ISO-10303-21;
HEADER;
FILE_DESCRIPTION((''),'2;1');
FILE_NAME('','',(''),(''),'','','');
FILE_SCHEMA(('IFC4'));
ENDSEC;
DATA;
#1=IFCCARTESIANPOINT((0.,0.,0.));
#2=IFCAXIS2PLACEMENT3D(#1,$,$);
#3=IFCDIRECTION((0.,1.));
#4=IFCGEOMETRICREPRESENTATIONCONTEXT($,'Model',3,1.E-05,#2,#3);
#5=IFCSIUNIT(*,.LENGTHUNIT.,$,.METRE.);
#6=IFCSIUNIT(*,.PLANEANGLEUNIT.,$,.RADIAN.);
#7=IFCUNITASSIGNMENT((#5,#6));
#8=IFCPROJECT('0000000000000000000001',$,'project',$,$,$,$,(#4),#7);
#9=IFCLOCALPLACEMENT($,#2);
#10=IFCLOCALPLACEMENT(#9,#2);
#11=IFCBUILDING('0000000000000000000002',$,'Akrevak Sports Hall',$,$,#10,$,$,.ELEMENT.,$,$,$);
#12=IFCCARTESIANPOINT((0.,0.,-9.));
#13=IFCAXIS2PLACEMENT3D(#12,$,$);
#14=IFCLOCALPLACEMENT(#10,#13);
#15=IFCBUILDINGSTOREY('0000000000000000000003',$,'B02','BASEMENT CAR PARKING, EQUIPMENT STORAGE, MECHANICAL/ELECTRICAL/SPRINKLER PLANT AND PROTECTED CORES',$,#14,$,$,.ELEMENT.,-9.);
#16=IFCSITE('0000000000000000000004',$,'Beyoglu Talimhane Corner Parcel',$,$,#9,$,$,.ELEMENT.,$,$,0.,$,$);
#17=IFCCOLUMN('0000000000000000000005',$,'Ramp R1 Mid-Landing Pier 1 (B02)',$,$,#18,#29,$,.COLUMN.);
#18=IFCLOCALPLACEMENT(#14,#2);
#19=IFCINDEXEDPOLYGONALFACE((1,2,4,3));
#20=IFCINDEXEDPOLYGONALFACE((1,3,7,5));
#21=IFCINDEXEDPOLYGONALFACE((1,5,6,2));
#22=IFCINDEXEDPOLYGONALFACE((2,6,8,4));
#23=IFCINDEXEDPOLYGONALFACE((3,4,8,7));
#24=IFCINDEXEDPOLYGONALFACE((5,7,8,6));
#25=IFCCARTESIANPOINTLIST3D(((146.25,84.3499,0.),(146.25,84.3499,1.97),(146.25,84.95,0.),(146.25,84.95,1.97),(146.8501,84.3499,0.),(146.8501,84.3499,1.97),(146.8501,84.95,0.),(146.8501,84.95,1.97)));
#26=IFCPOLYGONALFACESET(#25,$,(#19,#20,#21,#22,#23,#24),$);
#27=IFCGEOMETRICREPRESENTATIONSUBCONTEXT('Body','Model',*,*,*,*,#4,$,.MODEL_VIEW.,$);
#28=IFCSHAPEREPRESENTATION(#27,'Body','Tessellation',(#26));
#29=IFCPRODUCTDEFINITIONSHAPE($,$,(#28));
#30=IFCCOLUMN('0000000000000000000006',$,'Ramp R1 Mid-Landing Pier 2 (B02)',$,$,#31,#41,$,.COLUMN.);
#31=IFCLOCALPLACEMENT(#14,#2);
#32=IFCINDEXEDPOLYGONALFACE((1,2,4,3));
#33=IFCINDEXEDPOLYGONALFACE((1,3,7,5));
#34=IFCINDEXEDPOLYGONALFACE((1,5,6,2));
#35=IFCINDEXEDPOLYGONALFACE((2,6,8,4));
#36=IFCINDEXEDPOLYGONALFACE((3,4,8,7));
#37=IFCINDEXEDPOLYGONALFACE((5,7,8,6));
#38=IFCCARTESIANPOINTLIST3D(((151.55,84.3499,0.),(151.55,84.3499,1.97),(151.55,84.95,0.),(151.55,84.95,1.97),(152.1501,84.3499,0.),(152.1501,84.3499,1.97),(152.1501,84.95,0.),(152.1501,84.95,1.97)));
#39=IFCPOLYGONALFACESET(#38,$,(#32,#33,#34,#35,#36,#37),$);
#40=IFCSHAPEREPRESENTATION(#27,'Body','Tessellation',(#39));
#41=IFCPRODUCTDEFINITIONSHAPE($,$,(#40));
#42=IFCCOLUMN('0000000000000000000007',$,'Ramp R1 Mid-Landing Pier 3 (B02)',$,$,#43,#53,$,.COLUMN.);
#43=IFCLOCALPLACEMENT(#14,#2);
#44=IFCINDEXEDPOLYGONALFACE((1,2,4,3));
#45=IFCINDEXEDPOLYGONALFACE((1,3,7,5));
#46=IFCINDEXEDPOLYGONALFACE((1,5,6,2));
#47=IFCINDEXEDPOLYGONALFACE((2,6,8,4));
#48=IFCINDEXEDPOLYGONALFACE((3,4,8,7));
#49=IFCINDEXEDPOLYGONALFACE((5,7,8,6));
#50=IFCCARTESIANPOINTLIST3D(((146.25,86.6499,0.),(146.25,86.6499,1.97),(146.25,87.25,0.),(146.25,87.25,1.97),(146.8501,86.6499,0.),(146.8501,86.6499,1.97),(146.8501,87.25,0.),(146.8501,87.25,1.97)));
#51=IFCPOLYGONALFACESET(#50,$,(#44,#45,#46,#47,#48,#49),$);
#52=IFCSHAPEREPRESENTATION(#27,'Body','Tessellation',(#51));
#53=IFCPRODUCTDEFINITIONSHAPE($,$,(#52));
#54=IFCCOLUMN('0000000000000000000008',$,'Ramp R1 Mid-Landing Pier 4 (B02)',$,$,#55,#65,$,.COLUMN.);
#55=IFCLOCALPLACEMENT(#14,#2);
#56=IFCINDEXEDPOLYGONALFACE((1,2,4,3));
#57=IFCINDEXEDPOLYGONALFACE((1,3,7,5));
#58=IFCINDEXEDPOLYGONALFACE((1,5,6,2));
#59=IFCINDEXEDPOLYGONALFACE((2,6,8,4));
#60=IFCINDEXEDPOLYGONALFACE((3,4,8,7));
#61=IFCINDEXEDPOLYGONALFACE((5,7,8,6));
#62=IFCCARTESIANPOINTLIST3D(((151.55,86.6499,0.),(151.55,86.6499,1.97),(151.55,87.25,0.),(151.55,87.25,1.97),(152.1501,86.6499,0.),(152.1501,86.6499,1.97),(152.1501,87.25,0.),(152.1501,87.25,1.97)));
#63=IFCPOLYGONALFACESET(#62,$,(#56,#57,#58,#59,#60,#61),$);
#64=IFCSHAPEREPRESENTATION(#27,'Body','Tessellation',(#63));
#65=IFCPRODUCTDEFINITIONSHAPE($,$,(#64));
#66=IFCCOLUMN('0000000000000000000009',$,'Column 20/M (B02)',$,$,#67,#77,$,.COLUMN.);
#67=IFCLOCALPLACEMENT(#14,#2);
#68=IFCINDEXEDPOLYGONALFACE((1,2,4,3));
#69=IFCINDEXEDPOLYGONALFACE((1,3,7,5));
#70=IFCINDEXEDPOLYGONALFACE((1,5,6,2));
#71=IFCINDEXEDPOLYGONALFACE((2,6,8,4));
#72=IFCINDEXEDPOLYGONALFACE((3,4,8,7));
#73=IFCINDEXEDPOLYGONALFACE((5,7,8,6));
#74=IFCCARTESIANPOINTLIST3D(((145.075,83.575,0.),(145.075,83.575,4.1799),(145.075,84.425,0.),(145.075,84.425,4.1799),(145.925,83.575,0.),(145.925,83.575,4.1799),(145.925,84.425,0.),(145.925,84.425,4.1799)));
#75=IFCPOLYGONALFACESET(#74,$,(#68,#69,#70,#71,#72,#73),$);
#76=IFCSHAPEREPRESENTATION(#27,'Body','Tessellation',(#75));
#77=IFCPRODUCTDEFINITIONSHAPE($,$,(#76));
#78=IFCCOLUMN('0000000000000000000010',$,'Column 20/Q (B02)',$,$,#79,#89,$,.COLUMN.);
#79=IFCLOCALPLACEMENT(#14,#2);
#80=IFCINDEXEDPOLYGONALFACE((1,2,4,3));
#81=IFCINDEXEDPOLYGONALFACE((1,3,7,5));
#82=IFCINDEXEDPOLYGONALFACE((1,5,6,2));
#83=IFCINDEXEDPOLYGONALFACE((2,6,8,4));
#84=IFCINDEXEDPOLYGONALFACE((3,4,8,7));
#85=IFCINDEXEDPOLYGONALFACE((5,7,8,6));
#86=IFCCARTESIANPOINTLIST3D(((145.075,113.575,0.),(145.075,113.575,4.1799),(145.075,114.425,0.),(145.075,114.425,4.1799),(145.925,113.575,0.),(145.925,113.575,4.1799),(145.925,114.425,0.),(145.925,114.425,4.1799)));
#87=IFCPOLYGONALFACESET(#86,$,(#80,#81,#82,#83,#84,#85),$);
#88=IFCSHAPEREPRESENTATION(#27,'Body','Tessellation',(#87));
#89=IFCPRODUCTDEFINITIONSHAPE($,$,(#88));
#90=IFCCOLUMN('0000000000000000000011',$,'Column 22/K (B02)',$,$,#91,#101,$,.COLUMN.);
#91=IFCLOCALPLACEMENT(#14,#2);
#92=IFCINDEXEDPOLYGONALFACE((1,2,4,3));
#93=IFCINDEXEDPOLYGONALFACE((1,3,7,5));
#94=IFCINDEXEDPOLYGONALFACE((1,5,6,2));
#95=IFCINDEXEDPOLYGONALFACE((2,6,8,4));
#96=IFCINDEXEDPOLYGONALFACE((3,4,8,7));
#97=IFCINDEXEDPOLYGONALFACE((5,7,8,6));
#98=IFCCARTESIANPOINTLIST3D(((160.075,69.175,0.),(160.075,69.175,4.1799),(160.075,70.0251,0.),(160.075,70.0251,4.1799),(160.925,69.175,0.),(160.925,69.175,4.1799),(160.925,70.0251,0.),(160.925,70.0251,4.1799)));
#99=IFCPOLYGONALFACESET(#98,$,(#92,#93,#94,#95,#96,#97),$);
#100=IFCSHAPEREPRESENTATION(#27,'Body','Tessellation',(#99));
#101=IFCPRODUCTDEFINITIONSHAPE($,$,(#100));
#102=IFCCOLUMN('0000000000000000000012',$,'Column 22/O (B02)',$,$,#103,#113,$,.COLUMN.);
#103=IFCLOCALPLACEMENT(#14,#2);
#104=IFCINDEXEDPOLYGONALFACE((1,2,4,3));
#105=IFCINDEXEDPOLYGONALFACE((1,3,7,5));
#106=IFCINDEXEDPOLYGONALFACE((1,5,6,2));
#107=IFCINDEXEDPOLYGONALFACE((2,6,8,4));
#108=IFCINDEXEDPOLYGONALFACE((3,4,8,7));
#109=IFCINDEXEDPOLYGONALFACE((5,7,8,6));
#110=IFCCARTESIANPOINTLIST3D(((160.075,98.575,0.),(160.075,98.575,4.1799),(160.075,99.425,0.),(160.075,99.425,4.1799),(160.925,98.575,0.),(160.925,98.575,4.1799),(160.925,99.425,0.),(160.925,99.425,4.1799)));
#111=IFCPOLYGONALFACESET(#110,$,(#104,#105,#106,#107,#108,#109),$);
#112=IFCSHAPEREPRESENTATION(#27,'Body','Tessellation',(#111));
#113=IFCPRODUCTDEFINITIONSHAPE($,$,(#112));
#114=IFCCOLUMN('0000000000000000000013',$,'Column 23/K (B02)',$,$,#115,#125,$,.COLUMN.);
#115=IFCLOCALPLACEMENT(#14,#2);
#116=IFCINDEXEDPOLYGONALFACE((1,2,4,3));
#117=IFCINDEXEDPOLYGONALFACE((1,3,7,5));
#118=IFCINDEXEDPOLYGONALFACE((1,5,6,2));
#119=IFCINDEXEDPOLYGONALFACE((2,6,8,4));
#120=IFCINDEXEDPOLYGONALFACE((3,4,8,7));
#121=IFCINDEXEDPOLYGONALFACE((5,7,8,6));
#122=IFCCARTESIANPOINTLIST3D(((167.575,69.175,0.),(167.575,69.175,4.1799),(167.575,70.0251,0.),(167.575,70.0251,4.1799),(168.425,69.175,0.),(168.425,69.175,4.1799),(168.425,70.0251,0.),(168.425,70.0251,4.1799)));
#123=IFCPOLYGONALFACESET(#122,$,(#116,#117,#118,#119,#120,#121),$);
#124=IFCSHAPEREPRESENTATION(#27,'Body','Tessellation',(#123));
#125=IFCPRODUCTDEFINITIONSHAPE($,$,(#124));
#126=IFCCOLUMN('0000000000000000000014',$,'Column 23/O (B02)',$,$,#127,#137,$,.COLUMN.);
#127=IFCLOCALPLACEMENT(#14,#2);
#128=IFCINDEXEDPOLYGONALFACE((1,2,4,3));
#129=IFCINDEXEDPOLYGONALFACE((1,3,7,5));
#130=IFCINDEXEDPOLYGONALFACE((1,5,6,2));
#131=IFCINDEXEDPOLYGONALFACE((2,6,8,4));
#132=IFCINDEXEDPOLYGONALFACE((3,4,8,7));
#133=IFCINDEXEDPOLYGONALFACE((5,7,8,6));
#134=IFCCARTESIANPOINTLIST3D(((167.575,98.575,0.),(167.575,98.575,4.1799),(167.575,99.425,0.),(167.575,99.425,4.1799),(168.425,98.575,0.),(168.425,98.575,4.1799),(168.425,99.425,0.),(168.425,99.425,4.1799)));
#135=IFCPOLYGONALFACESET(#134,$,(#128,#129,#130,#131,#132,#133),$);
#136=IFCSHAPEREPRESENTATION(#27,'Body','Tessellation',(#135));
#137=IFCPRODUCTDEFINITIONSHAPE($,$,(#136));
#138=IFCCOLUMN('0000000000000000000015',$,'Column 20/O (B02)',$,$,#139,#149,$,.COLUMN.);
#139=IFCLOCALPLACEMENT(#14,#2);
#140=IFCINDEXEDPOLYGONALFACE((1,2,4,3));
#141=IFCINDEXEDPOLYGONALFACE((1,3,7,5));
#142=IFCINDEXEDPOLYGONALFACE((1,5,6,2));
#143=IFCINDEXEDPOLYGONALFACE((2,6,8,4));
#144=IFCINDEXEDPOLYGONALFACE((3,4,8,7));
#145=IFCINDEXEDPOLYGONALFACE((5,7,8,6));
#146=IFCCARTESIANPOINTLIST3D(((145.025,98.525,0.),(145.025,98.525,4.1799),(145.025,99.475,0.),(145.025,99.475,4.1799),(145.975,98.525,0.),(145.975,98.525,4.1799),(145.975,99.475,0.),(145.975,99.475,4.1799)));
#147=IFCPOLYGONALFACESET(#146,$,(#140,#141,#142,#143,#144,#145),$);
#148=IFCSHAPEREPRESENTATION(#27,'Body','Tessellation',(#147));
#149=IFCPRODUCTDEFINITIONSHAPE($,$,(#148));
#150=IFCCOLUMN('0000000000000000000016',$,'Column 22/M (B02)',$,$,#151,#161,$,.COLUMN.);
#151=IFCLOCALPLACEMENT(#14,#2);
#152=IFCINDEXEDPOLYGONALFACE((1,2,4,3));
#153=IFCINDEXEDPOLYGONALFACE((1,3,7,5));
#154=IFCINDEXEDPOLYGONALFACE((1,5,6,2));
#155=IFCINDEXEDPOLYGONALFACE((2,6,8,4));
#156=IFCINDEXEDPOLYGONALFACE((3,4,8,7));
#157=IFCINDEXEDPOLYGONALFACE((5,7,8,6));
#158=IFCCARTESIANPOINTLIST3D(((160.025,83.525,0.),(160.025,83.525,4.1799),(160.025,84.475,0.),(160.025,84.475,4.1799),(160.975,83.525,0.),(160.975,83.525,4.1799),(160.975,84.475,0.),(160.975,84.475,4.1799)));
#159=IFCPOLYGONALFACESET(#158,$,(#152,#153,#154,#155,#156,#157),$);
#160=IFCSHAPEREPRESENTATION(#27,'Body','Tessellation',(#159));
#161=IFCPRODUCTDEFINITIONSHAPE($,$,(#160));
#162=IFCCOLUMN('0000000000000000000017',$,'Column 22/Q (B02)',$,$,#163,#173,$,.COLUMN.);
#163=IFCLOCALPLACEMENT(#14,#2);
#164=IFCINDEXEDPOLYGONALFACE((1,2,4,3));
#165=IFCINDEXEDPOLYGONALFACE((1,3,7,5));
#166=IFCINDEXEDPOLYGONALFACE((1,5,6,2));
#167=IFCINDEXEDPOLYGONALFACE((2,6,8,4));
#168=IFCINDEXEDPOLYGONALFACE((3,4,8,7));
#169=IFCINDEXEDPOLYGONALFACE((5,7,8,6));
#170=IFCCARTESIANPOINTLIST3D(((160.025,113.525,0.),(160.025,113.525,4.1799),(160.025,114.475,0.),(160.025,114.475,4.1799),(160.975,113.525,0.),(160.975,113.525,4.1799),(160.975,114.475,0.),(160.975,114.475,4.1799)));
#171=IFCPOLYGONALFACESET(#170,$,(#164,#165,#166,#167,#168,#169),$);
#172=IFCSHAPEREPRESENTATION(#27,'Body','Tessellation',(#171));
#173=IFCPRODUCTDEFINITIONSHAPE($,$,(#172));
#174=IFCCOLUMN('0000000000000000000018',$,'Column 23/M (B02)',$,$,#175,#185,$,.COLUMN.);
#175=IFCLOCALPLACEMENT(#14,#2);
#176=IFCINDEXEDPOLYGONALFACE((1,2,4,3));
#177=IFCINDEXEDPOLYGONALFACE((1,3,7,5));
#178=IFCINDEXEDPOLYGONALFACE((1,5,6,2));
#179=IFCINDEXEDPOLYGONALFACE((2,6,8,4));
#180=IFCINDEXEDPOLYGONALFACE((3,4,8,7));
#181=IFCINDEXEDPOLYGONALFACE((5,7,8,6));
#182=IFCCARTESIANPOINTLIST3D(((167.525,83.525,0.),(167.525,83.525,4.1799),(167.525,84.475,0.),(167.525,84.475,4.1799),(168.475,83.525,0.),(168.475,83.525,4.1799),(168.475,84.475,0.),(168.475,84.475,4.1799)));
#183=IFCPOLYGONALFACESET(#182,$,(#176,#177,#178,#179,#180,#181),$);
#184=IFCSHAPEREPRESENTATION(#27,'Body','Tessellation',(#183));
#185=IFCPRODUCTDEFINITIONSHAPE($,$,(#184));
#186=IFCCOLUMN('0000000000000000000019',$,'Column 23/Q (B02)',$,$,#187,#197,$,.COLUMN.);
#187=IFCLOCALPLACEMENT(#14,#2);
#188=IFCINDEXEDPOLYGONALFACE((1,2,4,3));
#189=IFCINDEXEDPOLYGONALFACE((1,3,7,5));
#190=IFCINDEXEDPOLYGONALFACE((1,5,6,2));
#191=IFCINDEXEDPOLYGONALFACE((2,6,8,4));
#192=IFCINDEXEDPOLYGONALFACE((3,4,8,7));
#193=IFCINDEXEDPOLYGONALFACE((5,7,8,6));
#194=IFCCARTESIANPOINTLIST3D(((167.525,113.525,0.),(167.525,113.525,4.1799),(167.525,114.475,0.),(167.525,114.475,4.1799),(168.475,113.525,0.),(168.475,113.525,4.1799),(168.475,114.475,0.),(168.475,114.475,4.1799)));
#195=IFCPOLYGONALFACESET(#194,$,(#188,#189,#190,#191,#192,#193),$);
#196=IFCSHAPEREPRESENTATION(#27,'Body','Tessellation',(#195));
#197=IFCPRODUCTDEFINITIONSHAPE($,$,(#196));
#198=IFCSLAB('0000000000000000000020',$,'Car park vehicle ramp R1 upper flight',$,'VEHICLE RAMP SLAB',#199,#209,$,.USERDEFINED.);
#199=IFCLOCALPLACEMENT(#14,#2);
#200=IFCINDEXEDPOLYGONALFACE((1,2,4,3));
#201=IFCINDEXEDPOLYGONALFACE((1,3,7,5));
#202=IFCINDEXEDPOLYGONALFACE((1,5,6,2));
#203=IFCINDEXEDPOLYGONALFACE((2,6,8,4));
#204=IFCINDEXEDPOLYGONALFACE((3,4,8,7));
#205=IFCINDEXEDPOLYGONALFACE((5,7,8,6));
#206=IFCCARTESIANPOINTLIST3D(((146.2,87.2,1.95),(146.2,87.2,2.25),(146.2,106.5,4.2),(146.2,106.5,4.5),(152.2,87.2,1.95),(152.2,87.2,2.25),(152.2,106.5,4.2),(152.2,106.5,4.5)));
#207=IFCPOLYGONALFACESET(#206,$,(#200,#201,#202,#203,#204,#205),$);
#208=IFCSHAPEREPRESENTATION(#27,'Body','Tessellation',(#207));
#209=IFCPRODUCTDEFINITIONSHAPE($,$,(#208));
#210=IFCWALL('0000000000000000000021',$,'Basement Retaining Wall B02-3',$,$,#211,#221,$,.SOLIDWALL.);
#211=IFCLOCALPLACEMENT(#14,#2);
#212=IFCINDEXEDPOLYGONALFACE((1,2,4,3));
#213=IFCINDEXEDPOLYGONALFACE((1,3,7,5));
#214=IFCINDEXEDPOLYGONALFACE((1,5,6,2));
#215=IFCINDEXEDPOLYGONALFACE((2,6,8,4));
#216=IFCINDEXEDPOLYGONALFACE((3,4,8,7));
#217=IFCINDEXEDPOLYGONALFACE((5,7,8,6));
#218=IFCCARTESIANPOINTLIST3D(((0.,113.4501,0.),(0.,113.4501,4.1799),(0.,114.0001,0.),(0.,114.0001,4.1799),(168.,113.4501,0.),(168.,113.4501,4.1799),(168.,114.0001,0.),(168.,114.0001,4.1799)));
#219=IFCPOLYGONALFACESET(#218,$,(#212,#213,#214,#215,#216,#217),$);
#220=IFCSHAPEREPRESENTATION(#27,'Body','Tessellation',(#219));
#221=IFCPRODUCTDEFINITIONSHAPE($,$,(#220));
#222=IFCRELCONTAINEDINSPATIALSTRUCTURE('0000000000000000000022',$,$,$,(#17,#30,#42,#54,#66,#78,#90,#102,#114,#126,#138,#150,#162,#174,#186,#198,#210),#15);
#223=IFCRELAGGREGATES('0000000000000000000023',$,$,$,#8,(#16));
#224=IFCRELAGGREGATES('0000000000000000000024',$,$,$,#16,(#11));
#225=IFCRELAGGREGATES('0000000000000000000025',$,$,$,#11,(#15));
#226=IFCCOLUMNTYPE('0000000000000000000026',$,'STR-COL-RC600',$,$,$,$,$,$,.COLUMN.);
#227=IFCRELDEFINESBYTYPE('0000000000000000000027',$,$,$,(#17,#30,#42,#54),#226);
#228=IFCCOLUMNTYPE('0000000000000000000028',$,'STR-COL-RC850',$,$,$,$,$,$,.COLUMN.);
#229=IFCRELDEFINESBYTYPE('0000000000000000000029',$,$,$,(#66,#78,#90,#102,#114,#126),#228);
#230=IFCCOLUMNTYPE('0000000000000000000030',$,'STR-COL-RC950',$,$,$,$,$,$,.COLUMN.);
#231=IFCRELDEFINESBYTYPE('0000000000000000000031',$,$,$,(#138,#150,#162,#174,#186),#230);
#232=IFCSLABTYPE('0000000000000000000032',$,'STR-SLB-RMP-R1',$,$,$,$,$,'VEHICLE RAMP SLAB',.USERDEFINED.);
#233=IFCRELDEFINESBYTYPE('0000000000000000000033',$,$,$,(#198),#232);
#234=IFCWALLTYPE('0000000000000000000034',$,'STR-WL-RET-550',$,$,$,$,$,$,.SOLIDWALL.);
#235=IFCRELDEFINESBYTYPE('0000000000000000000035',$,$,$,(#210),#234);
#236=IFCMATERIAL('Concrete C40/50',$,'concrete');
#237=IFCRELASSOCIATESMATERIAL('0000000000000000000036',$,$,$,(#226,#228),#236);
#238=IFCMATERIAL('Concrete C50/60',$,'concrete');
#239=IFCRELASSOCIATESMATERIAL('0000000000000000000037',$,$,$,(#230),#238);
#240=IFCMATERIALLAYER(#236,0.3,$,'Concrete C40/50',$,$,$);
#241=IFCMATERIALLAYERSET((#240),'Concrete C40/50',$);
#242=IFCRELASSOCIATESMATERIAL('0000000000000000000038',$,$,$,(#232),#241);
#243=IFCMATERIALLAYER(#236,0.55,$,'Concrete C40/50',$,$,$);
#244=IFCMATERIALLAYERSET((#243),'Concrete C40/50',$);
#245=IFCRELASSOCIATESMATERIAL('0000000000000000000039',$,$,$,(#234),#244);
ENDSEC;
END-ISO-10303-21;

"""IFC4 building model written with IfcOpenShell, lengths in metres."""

from ifc_helpers import new_model, si_unit, direction, frame, frame_2d, origin, origin_2d, place, context, subcontext, project, spatial, polyline, rectangle, outline, extrude, material, layer, layer_set, material_profile, profile_set, type_object, element, save


model = new_model("IFC4")

# Units and contexts
model_context = context("Model", 3, precision=1e-05, world=origin(), true_north=direction((0.0, 1.0)))
body_context = subcontext(model_context, "Body", "Model", "MODEL_VIEW")
ifc_project = project(units=[si_unit("LENGTHUNIT", "METRE"), si_unit("PLANEANGLEUNIT", "RADIAN")], contexts=[model_context])

# Site, building, storey
site_placement = place(None, origin())
site = spatial("IfcSite", under=ifc_project, at=site_placement, Name="Beyoglu Talimhane Corner Parcel", CompositionType="ELEMENT", RefElevation=0.0)
building_placement = place(site_placement, origin())
building = spatial("IfcBuilding", under=site, at=building_placement, Name="Akrevak Sports Hall", CompositionType="ELEMENT")
storey_placement = place(building_placement, frame((0.0, 0.0, -9.0)))
storey = spatial("IfcBuildingStorey", under=building, at=storey_placement, Name="B02", Description="BASEMENT CAR PARKING, EQUIPMENT STORAGE, MECHANICAL/ELECTRICAL/SPRINKLER PLANT AND PROTECTED CORES", CompositionType="ELEMENT", Elevation=-9.0)

# Shared definitions
ifc_material_1 = material(Name="Concrete C40/50", Category="concrete")

# Columns
ifc_material_profile_1 = material_profile(ifc_material_1, rectangle(XDim=0.6001, YDim=0.6001, at=origin_2d()), Name="RC 600x600", Category="concrete")
ifc_profile_set_1 = profile_set([ifc_material_profile_1], Name="Concrete C40/50")
column_type_1 = type_object("IfcColumnType", Name="STR-COL-RC600", PredefinedType="COLUMN", material=ifc_profile_set_1)
for number, where, z_axis, x_axis, name in (
    (1, (146.55, 84.6499, 0.0), (0.0, 0.0, 1.0), (1.0, 0.0, 0.0), "Ramp R1 Mid-Landing Pier 1 (B02)"),
    (2, (151.8501, 84.6499, 0.0), (0.0, 0.0, 1.0), (1.0, 0.0, 0.0), "Ramp R1 Mid-Landing Pier 2 (B02)"),
    (3, (146.55, 86.95, 0.0), (0.0, 0.0, 1.0), (1.0, 0.0, 0.0), "Ramp R1 Mid-Landing Pier 3 (B02)"),
    (4, (151.8501, 86.95, 0.0), (0.0, 0.0, 1.0), (1.0, 0.0, 0.0), "Ramp R1 Mid-Landing Pier 4 (B02)"),
):
    element("IfcColumn", number, at=place(storey_placement, frame(where, z_axis=z_axis, x_axis=x_axis)), inside=storey, type_object=column_type_1, Name=name, PredefinedType="COLUMN", context=body_context, shape_type="SweptSolid", body=[
        extrude(rectangle(XDim=0.6001, YDim=0.6001, at=origin_2d()), origin(), (0.0, 0.0, 1.0), 1.97),
    ])
ifc_material_profile_2 = material_profile(ifc_material_1, rectangle(XDim=0.8501, YDim=0.8501, at=origin_2d()), Name="RC 850x850", Category="concrete")
ifc_profile_set_2 = profile_set([ifc_material_profile_2], Name="Concrete C40/50")
column_type_2 = type_object("IfcColumnType", Name="STR-COL-RC850", PredefinedType="COLUMN", material=ifc_profile_set_2)
for number, where, z_axis, x_axis, name in (
    (5, (145.5, 84.0, 0.0), (0.0, 0.0, 1.0), (1.0, 0.0, 0.0), "Column 20/M (B02)"),
    (6, (145.5, 114.0, 0.0), (0.0, 0.0, 1.0), (1.0, 0.0, 0.0), "Column 20/Q (B02)"),
    (7, (160.5, 69.6001, 0.0), (0.0, 0.0, 1.0), (1.0, 0.0, 0.0), "Column 22/K (B02)"),
    (8, (160.5, 99.0, 0.0), (0.0, 0.0, 1.0), (1.0, 0.0, 0.0), "Column 22/O (B02)"),
    (9, (168.0, 69.6001, 0.0), (0.0, 0.0, 1.0), (1.0, 0.0, 0.0), "Column 23/K (B02)"),
    (10, (168.0, 99.0, 0.0), (0.0, 0.0, 1.0), (1.0, 0.0, 0.0), "Column 23/O (B02)"),
):
    element("IfcColumn", number, at=place(storey_placement, frame(where, z_axis=z_axis, x_axis=x_axis)), inside=storey, type_object=column_type_2, Name=name, PredefinedType="COLUMN", context=body_context, shape_type="SweptSolid", body=[
        extrude(rectangle(XDim=0.8501, YDim=0.8501, at=origin_2d()), origin(), (0.0, 0.0, 1.0), 4.1799),
    ])
ifc_material_2 = material(Name="Concrete C50/60", Category="concrete")
ifc_material_profile_3 = material_profile(ifc_material_2, rectangle(XDim=0.95, YDim=0.95, at=origin_2d()), Name="RC 950x950", Category="concrete")
ifc_profile_set_3 = profile_set([ifc_material_profile_3], Name="Concrete C50/60")
column_type_3 = type_object("IfcColumnType", Name="STR-COL-RC950", PredefinedType="COLUMN", material=ifc_profile_set_3)
for number, where, z_axis, x_axis, name in (
    (11, (145.5, 99.0, 0.0), (0.0, 0.0, 1.0), (1.0, 0.0, 0.0), "Column 20/O (B02)"),
    (12, (160.5, 84.0, 0.0), (0.0, 0.0, 1.0), (1.0, 0.0, 0.0), "Column 22/M (B02)"),
    (13, (160.5, 114.0, 0.0), (0.0, 0.0, 1.0), (1.0, 0.0, 0.0), "Column 22/Q (B02)"),
    (14, (168.0, 84.0, 0.0), (0.0, 0.0, 1.0), (1.0, 0.0, 0.0), "Column 23/M (B02)"),
    (15, (168.0, 114.0, 0.0), (0.0, 0.0, 1.0), (1.0, 0.0, 0.0), "Column 23/Q (B02)"),
):
    element("IfcColumn", number, at=place(storey_placement, frame(where, z_axis=z_axis, x_axis=x_axis)), inside=storey, type_object=column_type_3, Name=name, PredefinedType="COLUMN", context=body_context, shape_type="SweptSolid", body=[
        extrude(rectangle(XDim=0.95, YDim=0.95, at=origin_2d()), origin(), (0.0, 0.0, 1.0), 4.1799),
    ])

# Slab
ifc_layer_1 = layer(ifc_material_1, 0.3, Name="Concrete C40/50")
ifc_layer_set_1 = layer_set([ifc_layer_1], Name="Concrete C40/50")
slab_type = type_object("IfcSlabType", Name="STR-SLB-RMP-R1", ElementType="VEHICLE RAMP SLAB", PredefinedType="USERDEFINED", material=ifc_layer_set_1)
slab_placement = place(storey_placement, frame((149.2, 87.2, 2.25), z_axis=(0.0, 0.0, 1.0), x_axis=(0.0, 1.0, 0.0)))
element("IfcSlab", 16, at=slab_placement, inside=storey, type_object=slab_type, Name="Car park vehicle ramp R1 upper flight", ObjectType="VEHICLE RAMP SLAB", PredefinedType="USERDEFINED", context=body_context, shape_type="SweptSolid", body=[
    extrude(outline(polyline([(0.0, 0.0), (19.3, 2.25), (19.3, 1.95), (0.0, -0.3), (0.0, 0.0)])), frame((0.0, 3.0, 0.0), z_axis=(0.0, -1.0, 0.0), x_axis=(1.0, 0.0, 0.0)), (0.0, 0.0, 1.0), 6.0),
])

# Wall
ifc_layer_2 = layer(ifc_material_1, 0.55, Name="Concrete C40/50")
ifc_layer_set_2 = layer_set([ifc_layer_2], Name="Concrete C40/50")
wall_type = type_object("IfcWallType", Name="STR-WL-RET-550", PredefinedType="SOLIDWALL", material=ifc_layer_set_2)
wall_placement = place(storey_placement, frame((168.0, 113.7251, 0.0), z_axis=(0.0, 0.0, 1.0), x_axis=(-1.0, 0.0, 0.0)))
element("IfcWall", 17, at=wall_placement, inside=storey, type_object=wall_type, Name="Basement Retaining Wall B02-3", PredefinedType="SOLIDWALL", context=body_context, shape_type="SweptSolid", body=[
    extrude(rectangle(XDim=168.0, YDim=0.55, at=frame_2d((84.0, 0.0))), origin(), (0.0, 0.0, 1.0), 4.1799),
])

save(model, "model.ifc")
